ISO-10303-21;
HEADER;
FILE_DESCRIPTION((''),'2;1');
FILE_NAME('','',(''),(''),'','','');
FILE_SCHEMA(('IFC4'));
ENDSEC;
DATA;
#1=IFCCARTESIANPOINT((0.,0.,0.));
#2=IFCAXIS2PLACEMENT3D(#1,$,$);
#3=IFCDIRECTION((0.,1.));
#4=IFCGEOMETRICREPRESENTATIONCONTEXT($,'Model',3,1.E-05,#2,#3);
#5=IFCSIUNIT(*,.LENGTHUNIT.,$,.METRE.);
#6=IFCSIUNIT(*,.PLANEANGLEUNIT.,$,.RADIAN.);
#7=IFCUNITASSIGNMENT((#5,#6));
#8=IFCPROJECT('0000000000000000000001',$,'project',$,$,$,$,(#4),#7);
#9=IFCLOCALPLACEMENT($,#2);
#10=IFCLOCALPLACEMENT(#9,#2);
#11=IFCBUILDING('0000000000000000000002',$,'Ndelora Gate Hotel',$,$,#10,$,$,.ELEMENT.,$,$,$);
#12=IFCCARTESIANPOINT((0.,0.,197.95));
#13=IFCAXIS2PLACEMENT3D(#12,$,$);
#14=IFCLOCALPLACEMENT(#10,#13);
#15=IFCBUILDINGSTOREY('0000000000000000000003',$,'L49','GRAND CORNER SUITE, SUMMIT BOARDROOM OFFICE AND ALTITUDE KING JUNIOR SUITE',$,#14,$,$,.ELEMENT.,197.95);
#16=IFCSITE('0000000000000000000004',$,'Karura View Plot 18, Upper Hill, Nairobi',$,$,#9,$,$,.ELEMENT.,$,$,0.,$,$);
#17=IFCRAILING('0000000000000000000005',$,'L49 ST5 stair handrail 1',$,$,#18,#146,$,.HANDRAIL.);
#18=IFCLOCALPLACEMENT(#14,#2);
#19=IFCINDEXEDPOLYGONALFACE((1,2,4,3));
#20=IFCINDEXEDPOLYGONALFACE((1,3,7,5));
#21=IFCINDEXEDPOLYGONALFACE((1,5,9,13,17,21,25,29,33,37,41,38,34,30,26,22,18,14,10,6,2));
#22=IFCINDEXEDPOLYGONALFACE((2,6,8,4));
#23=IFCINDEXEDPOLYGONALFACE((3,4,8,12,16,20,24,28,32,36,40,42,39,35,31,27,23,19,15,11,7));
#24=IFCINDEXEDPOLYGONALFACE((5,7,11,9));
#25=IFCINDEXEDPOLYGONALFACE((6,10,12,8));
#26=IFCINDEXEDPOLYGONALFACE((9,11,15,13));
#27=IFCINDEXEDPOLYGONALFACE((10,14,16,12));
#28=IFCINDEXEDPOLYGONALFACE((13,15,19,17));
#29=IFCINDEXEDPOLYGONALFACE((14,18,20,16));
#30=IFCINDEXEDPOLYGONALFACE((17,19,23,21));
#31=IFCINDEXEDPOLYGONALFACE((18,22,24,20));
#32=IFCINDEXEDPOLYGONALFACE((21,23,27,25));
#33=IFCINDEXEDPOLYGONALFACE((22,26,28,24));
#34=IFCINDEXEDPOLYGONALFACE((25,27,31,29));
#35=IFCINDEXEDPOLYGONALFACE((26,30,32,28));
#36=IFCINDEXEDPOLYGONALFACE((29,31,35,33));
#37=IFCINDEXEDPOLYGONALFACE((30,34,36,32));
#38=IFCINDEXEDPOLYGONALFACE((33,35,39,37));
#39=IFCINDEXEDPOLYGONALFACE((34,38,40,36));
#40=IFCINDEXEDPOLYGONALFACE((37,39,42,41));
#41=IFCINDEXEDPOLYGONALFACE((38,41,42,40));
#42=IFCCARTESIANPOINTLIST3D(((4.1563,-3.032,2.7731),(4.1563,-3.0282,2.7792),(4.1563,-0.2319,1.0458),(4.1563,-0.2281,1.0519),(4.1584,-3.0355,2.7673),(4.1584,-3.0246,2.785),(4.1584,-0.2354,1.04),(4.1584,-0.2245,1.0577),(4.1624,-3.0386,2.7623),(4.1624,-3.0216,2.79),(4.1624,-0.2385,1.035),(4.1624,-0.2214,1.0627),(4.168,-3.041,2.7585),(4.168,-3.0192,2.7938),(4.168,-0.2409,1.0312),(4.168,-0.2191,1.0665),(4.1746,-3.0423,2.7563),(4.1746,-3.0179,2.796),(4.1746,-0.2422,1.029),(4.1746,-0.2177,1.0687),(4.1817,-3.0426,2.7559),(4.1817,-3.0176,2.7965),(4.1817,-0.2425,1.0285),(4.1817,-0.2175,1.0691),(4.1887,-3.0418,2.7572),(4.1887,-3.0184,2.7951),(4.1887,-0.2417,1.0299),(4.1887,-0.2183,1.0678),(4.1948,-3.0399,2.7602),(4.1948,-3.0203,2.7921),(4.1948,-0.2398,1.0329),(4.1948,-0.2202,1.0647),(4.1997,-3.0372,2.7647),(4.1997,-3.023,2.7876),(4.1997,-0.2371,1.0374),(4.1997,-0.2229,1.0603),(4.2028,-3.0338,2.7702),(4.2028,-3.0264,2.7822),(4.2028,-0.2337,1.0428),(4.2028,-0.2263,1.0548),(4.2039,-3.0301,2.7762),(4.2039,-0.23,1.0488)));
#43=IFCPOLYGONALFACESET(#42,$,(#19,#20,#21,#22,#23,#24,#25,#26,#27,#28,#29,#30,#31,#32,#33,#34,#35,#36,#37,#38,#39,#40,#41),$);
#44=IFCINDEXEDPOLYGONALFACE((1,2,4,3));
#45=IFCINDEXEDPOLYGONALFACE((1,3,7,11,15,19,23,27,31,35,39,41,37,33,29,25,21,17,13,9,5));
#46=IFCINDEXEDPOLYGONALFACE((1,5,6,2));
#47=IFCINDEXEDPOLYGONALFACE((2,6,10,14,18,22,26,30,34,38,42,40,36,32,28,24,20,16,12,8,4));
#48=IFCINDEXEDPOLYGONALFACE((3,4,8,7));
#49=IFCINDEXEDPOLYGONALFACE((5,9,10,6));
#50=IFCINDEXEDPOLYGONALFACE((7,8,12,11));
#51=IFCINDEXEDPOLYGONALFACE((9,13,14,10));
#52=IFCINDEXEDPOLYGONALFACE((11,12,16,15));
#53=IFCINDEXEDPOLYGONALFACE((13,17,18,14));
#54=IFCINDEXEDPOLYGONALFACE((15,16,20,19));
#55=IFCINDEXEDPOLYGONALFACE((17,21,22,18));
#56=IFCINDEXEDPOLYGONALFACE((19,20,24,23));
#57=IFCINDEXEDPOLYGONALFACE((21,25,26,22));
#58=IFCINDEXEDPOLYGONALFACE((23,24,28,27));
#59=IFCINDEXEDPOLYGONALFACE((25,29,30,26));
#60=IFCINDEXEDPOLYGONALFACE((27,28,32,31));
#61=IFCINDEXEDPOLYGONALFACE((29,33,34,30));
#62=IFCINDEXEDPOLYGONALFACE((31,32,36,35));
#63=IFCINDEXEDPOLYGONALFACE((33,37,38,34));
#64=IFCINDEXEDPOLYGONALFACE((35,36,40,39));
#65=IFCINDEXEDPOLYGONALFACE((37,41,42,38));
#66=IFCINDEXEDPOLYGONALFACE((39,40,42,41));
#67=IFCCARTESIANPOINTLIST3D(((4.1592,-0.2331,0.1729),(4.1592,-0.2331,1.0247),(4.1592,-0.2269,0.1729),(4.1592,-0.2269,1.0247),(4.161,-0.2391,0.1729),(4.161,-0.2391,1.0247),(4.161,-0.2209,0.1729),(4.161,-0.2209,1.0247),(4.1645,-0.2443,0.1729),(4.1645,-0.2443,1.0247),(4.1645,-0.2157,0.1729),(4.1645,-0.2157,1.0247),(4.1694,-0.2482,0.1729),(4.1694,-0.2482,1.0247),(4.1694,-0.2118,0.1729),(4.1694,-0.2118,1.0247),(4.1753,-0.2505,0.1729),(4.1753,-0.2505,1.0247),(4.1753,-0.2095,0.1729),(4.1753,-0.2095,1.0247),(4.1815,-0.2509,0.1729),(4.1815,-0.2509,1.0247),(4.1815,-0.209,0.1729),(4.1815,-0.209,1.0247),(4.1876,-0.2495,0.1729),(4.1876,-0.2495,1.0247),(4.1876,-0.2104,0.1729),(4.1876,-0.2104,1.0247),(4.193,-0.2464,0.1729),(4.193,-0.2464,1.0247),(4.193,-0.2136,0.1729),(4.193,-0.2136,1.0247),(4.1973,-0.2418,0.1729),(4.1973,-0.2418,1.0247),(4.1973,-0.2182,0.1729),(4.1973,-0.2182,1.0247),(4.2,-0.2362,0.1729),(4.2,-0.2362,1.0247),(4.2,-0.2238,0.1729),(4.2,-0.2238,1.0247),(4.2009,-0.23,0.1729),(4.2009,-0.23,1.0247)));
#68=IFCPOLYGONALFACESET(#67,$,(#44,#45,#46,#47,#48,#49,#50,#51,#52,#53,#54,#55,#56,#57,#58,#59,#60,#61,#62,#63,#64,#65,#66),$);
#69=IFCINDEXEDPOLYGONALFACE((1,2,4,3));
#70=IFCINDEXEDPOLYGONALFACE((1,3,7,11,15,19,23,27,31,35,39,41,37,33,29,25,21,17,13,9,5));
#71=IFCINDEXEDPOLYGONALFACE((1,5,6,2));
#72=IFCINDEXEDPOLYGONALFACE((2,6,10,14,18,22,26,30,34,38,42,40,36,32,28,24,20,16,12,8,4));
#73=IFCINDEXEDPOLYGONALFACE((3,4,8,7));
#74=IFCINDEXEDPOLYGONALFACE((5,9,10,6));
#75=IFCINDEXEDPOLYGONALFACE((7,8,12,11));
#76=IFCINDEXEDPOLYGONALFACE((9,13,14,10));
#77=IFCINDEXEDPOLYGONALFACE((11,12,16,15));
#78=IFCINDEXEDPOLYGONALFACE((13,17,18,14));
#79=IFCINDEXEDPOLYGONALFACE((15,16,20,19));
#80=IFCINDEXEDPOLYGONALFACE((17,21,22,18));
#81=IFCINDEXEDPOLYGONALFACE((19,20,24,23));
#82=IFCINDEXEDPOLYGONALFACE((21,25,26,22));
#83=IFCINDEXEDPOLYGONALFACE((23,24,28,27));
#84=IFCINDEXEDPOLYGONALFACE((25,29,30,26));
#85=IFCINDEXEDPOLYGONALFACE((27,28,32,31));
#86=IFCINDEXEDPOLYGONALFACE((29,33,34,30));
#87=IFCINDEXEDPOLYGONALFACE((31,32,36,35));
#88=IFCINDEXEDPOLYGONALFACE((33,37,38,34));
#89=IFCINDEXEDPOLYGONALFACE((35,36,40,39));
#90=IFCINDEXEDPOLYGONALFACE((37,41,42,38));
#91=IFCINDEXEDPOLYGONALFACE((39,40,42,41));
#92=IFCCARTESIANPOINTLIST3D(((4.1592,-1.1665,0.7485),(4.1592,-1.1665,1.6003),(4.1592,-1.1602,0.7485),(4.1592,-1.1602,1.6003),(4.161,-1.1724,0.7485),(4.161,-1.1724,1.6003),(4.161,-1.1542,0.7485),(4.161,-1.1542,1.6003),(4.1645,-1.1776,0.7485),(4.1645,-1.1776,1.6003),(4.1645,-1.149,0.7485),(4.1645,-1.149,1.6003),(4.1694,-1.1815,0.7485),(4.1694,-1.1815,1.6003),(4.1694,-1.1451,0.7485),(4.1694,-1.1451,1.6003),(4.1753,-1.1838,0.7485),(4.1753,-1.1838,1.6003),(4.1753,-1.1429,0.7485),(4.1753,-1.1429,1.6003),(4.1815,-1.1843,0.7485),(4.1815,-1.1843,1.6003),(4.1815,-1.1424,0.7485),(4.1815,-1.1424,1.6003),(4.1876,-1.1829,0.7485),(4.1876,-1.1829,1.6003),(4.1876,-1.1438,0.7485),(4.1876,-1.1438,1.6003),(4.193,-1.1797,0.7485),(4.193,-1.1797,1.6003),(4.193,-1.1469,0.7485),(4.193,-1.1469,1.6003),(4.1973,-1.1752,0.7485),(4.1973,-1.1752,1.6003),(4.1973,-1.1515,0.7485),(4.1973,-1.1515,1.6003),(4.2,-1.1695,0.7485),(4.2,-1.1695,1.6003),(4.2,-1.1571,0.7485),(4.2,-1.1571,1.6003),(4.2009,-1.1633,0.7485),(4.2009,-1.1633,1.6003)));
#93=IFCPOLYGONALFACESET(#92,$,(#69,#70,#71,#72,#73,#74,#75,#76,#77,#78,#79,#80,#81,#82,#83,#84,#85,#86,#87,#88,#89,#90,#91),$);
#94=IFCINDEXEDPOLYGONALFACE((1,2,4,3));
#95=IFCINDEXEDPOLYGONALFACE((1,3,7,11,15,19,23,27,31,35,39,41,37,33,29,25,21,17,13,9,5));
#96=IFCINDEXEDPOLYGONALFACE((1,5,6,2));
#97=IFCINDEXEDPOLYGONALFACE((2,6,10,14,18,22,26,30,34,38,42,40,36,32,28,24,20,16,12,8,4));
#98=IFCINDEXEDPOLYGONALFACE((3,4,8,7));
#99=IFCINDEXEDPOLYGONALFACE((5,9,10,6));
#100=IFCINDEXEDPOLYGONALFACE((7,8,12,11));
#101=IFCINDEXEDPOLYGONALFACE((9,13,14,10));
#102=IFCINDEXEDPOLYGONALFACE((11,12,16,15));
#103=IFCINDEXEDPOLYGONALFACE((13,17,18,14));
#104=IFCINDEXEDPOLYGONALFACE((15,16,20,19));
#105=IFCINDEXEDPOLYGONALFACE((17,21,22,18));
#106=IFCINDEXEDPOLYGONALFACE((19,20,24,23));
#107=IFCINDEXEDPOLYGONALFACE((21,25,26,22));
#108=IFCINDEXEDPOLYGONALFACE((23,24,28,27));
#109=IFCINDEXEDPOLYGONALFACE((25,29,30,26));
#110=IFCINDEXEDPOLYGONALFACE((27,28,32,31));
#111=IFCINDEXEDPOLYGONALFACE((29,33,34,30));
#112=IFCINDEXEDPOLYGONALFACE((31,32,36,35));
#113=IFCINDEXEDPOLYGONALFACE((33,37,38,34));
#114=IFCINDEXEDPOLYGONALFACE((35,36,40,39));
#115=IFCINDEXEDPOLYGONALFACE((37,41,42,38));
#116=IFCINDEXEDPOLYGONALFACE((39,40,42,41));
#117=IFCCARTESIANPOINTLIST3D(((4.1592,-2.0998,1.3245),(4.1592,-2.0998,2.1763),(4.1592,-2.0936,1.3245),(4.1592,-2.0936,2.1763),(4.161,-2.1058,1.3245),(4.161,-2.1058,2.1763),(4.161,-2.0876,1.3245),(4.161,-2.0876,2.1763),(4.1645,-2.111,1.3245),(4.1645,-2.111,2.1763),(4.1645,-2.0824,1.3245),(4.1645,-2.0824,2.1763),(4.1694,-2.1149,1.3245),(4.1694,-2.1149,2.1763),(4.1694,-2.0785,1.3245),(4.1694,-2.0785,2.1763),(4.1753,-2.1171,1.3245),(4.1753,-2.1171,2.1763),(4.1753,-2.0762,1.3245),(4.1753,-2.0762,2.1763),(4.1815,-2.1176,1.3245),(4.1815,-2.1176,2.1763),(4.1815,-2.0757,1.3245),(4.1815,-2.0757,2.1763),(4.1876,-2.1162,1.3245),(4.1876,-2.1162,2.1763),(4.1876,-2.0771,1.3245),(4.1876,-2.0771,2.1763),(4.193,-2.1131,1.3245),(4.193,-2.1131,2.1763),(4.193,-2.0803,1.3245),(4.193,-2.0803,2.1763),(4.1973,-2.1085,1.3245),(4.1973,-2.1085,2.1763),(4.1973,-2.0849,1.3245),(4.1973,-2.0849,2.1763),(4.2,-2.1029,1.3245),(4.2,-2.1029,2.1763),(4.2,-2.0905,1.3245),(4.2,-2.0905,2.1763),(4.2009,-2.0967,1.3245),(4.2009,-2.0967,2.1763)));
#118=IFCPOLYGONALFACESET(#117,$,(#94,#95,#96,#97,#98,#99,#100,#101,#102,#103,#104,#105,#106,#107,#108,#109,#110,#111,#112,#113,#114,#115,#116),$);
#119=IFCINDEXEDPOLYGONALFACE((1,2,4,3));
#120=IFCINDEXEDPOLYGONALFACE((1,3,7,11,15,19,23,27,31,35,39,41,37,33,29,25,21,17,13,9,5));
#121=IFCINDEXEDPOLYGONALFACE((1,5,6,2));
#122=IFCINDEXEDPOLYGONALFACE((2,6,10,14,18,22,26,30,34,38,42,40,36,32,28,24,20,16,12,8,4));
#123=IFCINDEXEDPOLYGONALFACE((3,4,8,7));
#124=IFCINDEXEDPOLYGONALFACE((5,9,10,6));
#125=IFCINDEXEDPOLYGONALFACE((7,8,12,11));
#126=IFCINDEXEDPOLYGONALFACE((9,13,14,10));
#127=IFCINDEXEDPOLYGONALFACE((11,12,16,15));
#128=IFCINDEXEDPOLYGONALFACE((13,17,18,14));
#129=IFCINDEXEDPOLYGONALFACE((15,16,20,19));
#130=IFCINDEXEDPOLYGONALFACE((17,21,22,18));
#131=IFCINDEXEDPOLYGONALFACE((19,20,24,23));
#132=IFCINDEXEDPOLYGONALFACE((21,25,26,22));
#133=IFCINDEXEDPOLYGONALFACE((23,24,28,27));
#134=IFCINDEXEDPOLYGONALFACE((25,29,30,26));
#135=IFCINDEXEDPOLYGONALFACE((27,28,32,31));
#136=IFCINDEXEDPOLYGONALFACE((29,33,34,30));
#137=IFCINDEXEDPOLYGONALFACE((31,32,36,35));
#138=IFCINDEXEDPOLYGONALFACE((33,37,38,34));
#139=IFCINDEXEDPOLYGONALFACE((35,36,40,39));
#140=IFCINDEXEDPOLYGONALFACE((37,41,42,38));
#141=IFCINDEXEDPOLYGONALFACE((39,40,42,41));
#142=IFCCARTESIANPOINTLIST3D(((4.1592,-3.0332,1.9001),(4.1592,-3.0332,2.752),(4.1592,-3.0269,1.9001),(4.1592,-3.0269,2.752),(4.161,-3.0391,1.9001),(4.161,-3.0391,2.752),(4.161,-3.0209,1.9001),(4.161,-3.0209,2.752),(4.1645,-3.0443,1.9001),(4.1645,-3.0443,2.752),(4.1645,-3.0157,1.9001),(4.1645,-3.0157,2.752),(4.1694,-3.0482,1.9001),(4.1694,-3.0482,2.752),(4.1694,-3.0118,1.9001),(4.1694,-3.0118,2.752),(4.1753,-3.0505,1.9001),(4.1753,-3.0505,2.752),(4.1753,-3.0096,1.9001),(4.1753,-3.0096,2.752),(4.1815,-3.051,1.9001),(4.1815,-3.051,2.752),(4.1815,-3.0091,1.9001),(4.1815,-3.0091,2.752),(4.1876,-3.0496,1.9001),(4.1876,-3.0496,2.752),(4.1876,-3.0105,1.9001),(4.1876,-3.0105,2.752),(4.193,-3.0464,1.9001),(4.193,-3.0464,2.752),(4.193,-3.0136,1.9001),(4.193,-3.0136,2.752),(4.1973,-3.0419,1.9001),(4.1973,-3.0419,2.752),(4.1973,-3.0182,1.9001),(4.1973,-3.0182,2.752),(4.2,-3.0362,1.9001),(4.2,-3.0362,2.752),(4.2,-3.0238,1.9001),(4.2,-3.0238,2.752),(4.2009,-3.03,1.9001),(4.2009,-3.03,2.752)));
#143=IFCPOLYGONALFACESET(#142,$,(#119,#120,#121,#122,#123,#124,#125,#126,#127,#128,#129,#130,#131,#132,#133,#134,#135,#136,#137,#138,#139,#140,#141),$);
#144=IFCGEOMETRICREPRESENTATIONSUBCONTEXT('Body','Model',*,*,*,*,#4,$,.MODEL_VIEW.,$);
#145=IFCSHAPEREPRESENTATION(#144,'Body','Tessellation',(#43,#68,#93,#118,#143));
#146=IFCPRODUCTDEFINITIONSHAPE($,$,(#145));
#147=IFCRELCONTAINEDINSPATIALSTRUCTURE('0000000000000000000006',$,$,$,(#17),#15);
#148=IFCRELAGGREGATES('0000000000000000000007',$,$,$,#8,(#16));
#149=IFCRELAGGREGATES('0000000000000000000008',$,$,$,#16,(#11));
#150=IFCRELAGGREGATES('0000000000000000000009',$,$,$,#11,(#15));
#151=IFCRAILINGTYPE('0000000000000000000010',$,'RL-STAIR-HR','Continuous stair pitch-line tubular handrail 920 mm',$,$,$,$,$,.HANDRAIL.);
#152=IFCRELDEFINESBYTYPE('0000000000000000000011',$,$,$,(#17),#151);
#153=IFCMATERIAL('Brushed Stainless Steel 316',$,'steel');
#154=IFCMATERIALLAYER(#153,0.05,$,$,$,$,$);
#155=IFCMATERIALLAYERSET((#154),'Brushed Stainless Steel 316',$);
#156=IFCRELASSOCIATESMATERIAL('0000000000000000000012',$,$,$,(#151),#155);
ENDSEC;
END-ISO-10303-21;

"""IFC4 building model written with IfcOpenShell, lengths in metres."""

from ifc_helpers import new_model, si_unit, direction, frame, origin, origin_2d, place, context, subcontext, project, spatial, circle, extrude, material, layer, layer_set, type_object, element, save


model = new_model("IFC4")

# Units and contexts
model_context = context("Model", 3, precision=1e-05, world=origin(), true_north=direction((0.0, 1.0)))
body_context = subcontext(model_context, "Body", "Model", "MODEL_VIEW")
ifc_project = project(units=[si_unit("LENGTHUNIT", "METRE"), si_unit("PLANEANGLEUNIT", "RADIAN")], contexts=[model_context])

# Site, building, storey
site_placement = place(None, origin())
site = spatial("IfcSite", under=ifc_project, at=site_placement, Name="Karura View Plot 18, Upper Hill, Nairobi", CompositionType="ELEMENT", RefElevation=0.0)
building_placement = place(site_placement, origin())
building = spatial("IfcBuilding", under=site, at=building_placement, Name="Ndelora Gate Hotel", CompositionType="ELEMENT")
storey_placement = place(building_placement, frame((0.0, 0.0, 197.95)))
storey = spatial("IfcBuildingStorey", under=building, at=storey_placement, Name="L49", Description="GRAND CORNER SUITE, SUMMIT BOARDROOM OFFICE AND ALTITUDE KING JUNIOR SUITE", CompositionType="ELEMENT", Elevation=197.95)

# Railing
ifc_material_1 = material(Name="Brushed Stainless Steel 316", Category="steel")
ifc_layer_1 = layer(ifc_material_1, 0.05)
ifc_layer_set_1 = layer_set([ifc_layer_1], Name="Brushed Stainless Steel 316")
railing_type_1 = type_object("IfcRailingType", Name="RL-STAIR-HR", Description="Continuous stair pitch-line tubular handrail 920 mm", PredefinedType="HANDRAIL", material=ifc_layer_set_1)
railing_1_placement = place(storey_placement, frame((4.1799, -0.23, 0.1729)))
element("IfcRailing", 1, at=railing_1_placement, inside=storey, type_object=railing_type_1, Name="L49 ST5 stair handrail 1", PredefinedType="HANDRAIL", context=body_context, shape_type="SweptSolid", body=[
    extrude(circle(Radius=0.0239, at=origin_2d()), frame((0.0, 0.0, 0.876), z_axis=(0.0, -0.85109, 0.52502), x_axis=(1.0, 0.0, 0.0)), (0.0, 0.0, 1.0), 3.29),
    extrude(circle(Radius=0.021, at=origin_2d()), origin(), (0.0, 0.0, 1.0), 0.8518),
    extrude(circle(Radius=0.021, at=origin_2d()), frame((0.0, -0.9333, 0.5757)), (0.0, 0.0, 1.0), 0.8518),
    extrude(circle(Radius=0.021, at=origin_2d()), frame((0.0, -1.8667, 1.1516)), (0.0, 0.0, 1.0), 0.8518),
    extrude(circle(Radius=0.021, at=origin_2d()), frame((0.0, -2.8, 1.7273)), (0.0, 0.0, 1.0), 0.8518),
])

save(model, "model.ifc")
